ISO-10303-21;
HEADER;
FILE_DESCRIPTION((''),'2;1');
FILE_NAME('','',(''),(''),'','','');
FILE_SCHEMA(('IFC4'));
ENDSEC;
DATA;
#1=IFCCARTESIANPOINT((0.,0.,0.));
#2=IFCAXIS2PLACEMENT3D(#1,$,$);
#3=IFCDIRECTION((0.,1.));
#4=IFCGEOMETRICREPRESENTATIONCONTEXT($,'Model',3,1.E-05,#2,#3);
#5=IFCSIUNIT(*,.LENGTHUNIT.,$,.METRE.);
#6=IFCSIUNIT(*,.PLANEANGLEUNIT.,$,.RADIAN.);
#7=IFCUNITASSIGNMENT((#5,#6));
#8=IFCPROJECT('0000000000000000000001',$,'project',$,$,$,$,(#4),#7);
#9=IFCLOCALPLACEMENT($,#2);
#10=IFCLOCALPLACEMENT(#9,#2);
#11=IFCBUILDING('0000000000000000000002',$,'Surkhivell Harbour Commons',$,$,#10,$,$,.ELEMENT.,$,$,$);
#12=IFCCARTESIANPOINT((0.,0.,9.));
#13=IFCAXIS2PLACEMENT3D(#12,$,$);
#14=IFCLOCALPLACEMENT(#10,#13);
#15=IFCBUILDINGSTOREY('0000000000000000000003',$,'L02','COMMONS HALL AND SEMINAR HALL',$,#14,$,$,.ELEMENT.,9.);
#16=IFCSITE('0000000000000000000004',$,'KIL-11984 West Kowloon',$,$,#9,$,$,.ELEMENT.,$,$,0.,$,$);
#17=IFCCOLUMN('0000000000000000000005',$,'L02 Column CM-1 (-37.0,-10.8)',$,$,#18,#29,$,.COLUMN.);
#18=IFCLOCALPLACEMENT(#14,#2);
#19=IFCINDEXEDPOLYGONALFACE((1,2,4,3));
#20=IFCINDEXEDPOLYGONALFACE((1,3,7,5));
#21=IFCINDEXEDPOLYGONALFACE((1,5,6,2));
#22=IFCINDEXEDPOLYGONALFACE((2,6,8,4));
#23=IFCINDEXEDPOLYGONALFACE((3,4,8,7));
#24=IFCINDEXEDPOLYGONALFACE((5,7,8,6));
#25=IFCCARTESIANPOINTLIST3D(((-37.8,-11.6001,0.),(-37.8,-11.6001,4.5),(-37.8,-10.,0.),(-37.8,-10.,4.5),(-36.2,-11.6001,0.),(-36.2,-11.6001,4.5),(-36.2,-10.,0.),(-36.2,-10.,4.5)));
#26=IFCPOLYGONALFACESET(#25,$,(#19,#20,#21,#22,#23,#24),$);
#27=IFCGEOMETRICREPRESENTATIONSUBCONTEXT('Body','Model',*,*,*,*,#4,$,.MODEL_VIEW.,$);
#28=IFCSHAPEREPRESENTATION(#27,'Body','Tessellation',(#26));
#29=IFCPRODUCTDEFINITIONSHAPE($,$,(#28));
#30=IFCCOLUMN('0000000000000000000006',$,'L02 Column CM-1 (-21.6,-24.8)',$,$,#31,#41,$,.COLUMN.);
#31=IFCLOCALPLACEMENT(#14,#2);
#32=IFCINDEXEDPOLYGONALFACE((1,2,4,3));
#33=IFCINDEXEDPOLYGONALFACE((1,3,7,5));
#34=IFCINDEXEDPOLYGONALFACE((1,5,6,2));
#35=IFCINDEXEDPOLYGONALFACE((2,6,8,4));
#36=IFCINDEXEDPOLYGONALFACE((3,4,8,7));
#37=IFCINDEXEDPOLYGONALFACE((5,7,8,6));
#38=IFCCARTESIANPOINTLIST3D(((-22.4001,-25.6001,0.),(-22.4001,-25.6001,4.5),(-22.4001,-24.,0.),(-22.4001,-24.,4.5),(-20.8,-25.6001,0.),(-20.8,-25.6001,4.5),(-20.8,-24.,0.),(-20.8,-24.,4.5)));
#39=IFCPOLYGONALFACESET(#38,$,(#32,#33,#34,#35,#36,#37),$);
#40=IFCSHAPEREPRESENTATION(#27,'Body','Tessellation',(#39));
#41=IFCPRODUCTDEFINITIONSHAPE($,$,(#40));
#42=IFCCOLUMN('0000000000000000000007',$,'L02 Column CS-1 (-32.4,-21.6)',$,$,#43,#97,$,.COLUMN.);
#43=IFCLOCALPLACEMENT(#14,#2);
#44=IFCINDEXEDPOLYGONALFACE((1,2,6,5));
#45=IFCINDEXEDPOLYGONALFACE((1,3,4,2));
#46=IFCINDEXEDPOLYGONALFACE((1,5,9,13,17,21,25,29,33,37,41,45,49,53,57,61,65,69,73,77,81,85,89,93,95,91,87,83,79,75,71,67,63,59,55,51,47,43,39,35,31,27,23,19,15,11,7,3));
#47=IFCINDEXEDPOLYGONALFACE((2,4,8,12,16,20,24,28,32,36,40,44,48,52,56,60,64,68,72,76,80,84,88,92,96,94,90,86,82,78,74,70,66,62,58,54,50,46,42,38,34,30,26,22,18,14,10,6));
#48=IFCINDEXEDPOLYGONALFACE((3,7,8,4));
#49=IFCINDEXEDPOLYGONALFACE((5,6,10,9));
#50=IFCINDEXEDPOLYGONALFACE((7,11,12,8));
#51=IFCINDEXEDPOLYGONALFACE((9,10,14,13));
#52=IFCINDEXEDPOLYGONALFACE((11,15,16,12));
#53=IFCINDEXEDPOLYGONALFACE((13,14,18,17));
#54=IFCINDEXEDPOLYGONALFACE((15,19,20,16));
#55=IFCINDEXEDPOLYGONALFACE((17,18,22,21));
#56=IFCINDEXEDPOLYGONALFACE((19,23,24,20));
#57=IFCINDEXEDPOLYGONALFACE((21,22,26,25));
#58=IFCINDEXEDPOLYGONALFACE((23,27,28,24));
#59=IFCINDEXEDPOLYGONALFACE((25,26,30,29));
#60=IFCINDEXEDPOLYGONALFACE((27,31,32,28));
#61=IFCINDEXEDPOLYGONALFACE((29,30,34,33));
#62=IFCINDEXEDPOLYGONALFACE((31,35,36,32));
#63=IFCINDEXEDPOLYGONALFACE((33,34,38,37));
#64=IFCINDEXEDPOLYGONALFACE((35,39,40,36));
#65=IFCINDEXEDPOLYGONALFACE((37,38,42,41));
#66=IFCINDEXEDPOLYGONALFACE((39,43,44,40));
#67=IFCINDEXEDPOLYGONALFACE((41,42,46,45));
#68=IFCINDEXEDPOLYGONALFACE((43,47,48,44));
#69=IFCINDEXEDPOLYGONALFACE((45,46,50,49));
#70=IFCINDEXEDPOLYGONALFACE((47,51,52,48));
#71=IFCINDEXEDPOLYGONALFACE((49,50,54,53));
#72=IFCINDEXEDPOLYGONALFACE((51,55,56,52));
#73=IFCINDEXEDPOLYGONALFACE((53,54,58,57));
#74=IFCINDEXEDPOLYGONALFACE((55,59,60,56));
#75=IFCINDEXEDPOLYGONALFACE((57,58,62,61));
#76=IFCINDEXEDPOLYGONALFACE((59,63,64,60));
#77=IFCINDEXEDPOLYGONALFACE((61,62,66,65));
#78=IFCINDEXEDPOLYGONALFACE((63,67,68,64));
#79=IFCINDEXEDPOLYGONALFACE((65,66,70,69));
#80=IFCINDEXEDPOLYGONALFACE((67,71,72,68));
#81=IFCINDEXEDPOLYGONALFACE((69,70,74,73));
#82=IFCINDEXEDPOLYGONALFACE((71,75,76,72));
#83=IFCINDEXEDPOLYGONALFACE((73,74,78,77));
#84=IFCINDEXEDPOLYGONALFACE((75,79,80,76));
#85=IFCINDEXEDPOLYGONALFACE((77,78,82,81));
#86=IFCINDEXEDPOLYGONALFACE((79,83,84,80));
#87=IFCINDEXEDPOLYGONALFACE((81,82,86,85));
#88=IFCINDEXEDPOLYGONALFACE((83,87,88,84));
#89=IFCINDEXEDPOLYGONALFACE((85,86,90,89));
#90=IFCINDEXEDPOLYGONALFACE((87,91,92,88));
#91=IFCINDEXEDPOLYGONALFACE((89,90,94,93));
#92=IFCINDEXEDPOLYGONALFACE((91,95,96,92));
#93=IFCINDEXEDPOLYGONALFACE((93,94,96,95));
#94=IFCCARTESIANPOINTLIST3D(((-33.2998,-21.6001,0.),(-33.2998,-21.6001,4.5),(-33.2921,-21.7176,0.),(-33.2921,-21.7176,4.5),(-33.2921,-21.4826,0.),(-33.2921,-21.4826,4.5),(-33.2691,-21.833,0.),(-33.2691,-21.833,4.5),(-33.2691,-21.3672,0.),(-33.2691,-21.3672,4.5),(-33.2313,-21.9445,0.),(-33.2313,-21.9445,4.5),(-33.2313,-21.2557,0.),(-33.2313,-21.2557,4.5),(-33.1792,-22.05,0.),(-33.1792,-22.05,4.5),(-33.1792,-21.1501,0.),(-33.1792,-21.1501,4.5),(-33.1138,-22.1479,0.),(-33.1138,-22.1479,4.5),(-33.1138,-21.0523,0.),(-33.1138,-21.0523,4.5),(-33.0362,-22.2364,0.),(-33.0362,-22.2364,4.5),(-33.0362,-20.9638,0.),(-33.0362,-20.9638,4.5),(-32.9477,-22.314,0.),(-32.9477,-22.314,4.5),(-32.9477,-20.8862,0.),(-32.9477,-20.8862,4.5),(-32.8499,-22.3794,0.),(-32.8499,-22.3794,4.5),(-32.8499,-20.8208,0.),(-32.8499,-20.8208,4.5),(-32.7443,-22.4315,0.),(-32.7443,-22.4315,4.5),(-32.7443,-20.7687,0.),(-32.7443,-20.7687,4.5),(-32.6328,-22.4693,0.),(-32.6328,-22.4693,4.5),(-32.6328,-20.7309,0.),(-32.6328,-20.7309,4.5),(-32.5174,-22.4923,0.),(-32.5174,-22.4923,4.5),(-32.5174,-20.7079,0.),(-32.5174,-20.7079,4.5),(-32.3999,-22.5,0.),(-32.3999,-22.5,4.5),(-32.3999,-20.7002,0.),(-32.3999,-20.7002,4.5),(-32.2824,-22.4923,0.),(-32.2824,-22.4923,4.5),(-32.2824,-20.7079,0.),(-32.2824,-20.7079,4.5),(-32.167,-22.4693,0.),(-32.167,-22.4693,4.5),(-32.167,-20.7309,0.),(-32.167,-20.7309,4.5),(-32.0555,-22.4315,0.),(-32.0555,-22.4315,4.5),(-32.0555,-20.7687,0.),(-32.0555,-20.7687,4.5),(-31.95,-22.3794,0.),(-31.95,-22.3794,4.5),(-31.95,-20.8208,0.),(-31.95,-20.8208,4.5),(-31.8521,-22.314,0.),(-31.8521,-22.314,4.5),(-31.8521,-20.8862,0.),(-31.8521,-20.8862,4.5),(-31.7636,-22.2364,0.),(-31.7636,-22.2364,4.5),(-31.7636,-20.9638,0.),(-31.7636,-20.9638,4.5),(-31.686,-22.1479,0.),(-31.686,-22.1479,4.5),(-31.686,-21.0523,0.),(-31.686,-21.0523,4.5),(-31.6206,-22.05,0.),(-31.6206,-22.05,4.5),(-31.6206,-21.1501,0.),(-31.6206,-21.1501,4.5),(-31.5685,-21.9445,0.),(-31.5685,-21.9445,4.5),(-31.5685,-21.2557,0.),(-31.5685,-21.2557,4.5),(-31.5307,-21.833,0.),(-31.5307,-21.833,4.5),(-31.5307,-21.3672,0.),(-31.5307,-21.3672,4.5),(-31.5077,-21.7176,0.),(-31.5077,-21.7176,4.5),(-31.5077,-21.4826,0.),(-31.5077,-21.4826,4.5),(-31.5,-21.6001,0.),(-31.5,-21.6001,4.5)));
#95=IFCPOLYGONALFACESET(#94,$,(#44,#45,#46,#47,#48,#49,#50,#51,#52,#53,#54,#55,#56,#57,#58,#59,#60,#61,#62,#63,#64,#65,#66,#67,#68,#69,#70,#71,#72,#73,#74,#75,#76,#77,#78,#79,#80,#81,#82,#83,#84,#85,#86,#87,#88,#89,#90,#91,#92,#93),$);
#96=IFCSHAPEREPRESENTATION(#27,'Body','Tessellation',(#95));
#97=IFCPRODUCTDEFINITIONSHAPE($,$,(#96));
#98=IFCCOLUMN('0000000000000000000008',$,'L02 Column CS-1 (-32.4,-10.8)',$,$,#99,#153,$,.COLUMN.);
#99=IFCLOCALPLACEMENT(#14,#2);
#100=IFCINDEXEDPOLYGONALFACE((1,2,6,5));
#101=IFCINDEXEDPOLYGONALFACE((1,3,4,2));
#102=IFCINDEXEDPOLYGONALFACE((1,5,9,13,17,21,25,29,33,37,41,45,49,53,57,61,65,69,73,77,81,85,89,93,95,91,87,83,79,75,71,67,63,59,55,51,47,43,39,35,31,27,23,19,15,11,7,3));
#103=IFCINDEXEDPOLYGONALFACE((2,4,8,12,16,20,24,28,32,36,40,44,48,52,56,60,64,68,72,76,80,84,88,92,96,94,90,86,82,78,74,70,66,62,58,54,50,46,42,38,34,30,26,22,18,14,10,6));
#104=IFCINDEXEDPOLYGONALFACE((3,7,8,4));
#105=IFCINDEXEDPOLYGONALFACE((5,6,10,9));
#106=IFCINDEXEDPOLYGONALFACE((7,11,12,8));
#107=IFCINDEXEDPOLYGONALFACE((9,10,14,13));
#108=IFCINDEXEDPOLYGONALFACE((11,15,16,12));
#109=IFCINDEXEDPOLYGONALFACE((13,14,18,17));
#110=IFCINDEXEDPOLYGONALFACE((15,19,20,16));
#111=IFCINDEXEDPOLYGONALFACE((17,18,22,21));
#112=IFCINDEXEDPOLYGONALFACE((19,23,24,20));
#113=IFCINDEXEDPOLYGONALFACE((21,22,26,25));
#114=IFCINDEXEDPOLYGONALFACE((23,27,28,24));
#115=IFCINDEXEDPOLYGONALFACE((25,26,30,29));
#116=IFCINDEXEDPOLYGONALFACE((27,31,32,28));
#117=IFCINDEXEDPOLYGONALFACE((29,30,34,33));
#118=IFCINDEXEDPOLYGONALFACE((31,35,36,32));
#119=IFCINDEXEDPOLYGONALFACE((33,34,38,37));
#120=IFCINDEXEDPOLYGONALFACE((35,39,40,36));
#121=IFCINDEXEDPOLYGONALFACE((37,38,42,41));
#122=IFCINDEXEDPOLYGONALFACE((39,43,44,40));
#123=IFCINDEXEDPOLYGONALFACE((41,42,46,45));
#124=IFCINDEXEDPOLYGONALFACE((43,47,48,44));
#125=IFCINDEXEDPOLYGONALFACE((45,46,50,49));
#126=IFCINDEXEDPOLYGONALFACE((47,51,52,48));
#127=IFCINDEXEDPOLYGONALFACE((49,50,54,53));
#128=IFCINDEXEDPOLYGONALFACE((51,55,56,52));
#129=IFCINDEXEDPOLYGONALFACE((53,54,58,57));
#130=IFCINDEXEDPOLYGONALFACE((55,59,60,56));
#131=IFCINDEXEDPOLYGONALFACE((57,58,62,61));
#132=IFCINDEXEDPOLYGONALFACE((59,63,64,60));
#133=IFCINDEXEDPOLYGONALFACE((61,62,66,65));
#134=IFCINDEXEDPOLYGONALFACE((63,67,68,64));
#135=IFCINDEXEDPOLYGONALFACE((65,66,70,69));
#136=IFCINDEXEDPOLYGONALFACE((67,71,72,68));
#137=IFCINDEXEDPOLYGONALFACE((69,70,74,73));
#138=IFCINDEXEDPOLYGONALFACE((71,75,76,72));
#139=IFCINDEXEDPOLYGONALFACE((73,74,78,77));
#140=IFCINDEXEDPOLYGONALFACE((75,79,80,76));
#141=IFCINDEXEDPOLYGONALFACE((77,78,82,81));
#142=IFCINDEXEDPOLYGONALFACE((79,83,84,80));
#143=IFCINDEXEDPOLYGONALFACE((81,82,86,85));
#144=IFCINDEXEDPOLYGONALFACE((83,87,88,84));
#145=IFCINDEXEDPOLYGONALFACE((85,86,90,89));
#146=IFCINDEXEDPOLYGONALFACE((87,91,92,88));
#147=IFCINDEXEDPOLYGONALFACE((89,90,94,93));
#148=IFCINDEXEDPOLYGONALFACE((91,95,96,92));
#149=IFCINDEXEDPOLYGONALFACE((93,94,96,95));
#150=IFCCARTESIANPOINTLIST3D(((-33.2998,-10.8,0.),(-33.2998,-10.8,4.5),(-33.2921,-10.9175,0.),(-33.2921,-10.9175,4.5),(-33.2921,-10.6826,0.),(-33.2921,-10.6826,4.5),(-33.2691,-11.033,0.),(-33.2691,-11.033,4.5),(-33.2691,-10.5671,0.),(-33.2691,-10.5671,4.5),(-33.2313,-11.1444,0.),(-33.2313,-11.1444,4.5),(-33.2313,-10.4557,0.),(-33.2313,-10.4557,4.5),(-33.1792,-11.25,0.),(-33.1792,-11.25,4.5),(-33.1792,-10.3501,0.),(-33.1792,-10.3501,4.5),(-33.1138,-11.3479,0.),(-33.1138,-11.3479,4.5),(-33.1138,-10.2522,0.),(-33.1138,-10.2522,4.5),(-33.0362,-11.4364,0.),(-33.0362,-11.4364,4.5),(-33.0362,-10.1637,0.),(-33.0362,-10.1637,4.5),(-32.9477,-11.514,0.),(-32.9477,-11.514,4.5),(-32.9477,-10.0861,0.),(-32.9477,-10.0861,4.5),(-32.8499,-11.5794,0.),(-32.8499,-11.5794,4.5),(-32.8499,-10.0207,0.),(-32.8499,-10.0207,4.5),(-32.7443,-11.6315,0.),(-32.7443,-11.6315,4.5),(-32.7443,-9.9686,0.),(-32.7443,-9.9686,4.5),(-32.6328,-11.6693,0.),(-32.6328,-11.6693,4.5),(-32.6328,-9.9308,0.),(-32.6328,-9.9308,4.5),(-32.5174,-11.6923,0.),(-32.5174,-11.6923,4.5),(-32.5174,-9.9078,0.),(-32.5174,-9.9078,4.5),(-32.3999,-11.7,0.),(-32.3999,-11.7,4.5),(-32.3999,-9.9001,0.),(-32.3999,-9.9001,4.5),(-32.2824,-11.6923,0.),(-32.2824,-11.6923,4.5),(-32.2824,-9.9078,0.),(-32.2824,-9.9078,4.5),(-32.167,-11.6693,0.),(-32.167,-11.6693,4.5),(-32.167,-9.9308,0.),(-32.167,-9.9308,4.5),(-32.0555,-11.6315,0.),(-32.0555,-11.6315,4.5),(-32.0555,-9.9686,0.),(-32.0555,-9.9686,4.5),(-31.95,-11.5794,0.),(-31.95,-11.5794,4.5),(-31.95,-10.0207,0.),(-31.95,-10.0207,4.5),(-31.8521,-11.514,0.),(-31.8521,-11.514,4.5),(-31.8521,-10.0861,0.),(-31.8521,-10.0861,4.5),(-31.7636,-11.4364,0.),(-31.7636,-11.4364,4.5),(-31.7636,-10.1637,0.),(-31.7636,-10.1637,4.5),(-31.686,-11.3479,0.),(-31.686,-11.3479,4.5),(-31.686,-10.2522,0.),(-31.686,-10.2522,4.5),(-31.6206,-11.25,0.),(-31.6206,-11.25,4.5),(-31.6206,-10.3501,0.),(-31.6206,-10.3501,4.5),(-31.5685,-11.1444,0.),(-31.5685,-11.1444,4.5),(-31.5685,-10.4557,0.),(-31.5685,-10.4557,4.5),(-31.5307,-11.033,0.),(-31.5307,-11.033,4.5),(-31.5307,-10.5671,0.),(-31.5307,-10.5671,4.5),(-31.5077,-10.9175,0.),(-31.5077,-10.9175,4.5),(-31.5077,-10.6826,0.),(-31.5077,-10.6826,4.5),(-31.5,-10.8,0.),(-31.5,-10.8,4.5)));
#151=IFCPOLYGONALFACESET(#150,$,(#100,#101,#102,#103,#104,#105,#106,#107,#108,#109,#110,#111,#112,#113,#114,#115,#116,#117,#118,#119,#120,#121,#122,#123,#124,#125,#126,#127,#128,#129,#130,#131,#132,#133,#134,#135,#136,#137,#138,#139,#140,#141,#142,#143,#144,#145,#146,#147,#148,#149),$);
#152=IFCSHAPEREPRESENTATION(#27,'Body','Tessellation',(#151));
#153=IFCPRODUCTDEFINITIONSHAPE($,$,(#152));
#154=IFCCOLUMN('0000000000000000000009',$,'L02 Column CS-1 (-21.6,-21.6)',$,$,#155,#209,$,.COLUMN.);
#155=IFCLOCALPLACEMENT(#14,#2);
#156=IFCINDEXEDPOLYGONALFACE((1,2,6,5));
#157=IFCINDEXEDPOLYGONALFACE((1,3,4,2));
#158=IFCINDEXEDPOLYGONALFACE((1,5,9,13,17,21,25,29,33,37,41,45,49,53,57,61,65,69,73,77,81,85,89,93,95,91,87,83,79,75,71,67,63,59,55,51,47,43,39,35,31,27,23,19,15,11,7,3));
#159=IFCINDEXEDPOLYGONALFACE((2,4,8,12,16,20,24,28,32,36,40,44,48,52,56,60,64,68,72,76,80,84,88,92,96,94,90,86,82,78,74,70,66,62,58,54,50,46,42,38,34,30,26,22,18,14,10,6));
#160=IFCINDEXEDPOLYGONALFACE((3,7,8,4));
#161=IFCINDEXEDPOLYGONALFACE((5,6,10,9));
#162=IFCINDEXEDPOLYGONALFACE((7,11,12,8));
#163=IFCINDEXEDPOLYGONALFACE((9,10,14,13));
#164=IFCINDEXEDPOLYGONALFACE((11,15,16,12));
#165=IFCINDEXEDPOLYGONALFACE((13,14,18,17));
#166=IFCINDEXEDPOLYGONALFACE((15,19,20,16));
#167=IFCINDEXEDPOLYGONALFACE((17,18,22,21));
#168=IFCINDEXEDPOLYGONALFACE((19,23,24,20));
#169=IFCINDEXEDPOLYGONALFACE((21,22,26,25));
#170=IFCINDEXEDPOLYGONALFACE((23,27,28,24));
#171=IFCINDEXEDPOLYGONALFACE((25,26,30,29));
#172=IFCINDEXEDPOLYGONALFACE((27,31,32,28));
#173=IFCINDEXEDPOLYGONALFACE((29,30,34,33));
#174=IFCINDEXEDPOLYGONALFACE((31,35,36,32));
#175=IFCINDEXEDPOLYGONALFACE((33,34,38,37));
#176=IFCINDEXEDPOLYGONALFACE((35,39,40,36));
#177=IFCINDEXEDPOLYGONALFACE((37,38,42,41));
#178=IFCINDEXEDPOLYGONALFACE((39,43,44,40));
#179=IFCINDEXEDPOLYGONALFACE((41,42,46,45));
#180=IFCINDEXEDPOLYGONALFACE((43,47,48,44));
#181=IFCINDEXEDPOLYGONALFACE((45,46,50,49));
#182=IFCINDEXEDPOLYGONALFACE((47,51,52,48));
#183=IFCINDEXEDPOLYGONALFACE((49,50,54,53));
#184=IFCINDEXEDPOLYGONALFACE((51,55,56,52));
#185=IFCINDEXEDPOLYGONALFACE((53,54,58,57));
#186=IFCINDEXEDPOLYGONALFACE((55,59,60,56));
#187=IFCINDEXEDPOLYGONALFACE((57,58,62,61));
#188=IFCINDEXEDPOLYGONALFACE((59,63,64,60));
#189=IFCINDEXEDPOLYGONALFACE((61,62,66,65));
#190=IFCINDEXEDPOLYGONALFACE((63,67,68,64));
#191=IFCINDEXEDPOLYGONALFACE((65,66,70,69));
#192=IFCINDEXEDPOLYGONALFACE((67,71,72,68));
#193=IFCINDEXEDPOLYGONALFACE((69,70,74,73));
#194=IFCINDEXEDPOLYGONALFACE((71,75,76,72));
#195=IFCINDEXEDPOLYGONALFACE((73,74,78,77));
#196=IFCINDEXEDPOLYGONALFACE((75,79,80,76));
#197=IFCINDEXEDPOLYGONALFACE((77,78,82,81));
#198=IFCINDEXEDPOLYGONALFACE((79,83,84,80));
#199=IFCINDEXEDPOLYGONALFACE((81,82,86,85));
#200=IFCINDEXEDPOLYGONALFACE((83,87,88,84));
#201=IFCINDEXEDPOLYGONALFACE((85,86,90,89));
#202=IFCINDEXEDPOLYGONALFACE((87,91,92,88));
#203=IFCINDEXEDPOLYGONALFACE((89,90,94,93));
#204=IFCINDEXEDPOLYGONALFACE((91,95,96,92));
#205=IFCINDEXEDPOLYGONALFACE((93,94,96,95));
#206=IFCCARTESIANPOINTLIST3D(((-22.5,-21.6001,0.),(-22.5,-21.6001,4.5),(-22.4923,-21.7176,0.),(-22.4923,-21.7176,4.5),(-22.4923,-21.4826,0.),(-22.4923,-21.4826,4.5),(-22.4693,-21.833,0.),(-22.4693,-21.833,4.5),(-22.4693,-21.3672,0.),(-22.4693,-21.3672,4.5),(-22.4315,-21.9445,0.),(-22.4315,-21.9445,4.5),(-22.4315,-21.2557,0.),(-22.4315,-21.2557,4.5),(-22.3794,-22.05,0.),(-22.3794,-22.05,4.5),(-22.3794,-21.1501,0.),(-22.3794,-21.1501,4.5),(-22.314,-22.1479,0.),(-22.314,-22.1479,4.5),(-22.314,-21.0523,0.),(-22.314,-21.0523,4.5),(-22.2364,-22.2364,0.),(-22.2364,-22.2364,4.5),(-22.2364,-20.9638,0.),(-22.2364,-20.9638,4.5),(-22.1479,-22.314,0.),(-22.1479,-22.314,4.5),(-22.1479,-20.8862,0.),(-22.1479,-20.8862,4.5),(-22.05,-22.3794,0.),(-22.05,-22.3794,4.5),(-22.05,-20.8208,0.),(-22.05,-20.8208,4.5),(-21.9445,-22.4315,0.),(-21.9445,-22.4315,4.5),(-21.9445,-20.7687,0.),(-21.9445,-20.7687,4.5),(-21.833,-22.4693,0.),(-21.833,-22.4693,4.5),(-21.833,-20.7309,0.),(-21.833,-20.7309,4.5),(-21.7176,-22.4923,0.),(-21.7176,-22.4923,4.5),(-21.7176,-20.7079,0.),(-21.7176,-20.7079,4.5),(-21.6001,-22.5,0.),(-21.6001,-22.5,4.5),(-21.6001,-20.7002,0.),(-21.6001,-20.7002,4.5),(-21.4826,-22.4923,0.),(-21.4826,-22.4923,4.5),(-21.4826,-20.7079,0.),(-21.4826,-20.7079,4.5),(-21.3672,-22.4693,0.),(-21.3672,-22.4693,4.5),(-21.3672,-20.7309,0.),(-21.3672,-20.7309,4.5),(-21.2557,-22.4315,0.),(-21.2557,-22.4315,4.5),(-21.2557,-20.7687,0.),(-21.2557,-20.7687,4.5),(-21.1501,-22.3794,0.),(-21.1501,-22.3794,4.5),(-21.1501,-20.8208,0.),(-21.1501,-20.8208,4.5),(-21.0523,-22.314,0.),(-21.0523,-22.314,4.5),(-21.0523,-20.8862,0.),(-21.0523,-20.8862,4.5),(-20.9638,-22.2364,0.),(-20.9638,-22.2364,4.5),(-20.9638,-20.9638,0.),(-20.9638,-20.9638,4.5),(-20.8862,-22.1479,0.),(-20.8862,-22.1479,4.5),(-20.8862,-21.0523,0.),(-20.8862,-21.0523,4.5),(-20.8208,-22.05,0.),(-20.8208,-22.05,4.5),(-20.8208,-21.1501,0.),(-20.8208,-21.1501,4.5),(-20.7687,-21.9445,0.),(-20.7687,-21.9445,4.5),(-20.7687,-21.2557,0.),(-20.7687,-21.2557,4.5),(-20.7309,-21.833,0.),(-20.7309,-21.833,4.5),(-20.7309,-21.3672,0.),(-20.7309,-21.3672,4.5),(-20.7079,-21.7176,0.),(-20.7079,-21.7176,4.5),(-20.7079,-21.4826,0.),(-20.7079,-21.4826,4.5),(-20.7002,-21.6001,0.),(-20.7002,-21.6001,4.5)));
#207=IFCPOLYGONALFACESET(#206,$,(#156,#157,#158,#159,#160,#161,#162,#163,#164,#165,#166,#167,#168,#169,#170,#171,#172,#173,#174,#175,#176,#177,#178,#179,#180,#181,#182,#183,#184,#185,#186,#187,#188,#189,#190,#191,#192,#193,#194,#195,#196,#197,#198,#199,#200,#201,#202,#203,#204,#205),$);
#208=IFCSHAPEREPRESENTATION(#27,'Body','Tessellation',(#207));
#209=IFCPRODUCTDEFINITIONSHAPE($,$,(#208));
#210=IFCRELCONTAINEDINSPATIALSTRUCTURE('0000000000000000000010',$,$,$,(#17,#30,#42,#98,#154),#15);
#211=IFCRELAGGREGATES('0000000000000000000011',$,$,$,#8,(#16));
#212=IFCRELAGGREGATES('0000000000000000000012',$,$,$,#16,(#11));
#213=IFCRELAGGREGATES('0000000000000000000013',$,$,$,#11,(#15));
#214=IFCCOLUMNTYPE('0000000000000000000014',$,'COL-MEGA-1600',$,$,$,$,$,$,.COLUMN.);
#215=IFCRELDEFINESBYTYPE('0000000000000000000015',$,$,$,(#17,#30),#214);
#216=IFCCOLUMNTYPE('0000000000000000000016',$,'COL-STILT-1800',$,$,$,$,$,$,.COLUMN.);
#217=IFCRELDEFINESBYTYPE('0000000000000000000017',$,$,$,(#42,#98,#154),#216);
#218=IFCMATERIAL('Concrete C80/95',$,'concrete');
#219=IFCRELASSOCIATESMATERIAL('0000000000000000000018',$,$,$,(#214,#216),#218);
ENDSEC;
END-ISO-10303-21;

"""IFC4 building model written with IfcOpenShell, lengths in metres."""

from ifc_helpers import new_model, si_unit, direction, frame, origin, origin_2d, place, context, subcontext, project, spatial, rectangle, circle, extrude, material, material_profile, profile_set, type_object, element, save


model = new_model("IFC4")

# Units and contexts
model_context = context("Model", 3, precision=1e-05, world=origin(), true_north=direction((0.0, 1.0)))
body_context = subcontext(model_context, "Body", "Model", "MODEL_VIEW")
ifc_project = project(units=[si_unit("LENGTHUNIT", "METRE"), si_unit("PLANEANGLEUNIT", "RADIAN")], contexts=[model_context])

# Site, building, storey
site_placement = place(None, origin())
site = spatial("IfcSite", under=ifc_project, at=site_placement, Name="KIL-11984 West Kowloon", CompositionType="ELEMENT", RefElevation=0.0)
building_placement = place(site_placement, origin())
building = spatial("IfcBuilding", under=site, at=building_placement, Name="Surkhivell Harbour Commons", CompositionType="ELEMENT")
storey_placement = place(building_placement, frame((0.0, 0.0, 9.0)))
storey = spatial("IfcBuildingStorey", under=building, at=storey_placement, Name="L02", Description="COMMONS HALL AND SEMINAR HALL", CompositionType="ELEMENT", Elevation=9.0)

# Columns
ifc_material_1 = material(Name="Concrete C80/95", Category="concrete")
ifc_material_profile_1 = material_profile(ifc_material_1, rectangle(XDim=1.6001, YDim=1.6001, at=origin_2d()), Name="RC-COL-1600x1600")
ifc_profile_set_1 = profile_set([ifc_material_profile_1], Name="Concrete C80/95")
column_type_1 = type_object("IfcColumnType", Name="COL-MEGA-1600", PredefinedType="COLUMN", material=ifc_profile_set_1)
for number, where, z_axis, x_axis, name in (
    (1, (-37.0, -10.8, 0.0), (0.0, 0.0, 1.0), (1.0, 0.0, 0.0), "L02 Column CM-1 (-37.0,-10.8)"),
    (2, (-21.6001, -24.8, 0.0), (0.0, 0.0, 1.0), (1.0, 0.0, 0.0), "L02 Column CM-1 (-21.6,-24.8)"),
):
    element("IfcColumn", number, at=place(storey_placement, frame(where, z_axis=z_axis, x_axis=x_axis)), inside=storey, type_object=column_type_1, Name=name, PredefinedType="COLUMN", context=body_context, shape_type="SweptSolid", body=[
        extrude(rectangle(XDim=1.6001, YDim=1.6001, at=origin_2d()), origin(), (0.0, 0.0, 1.0), 4.5),
    ])
ifc_material_profile_2 = material_profile(ifc_material_1, circle(Radius=0.8999, at=origin_2d()), Name="RC-CIRC-1800")
ifc_profile_set_2 = profile_set([ifc_material_profile_2], Name="Concrete C80/95")
column_type_2 = type_object("IfcColumnType", Name="COL-STILT-1800", PredefinedType="COLUMN", material=ifc_profile_set_2)
for number, where, z_axis, x_axis, name in (
    (3, (-32.3999, -21.6001, 0.0), (0.0, 0.0, 1.0), (1.0, 0.0, 0.0), "L02 Column CS-1 (-32.4,-21.6)"),
    (4, (-32.3999, -10.8, 0.0), (0.0, 0.0, 1.0), (1.0, 0.0, 0.0), "L02 Column CS-1 (-32.4,-10.8)"),
    (5, (-21.6001, -21.6001, 0.0), (0.0, 0.0, 1.0), (1.0, 0.0, 0.0), "L02 Column CS-1 (-21.6,-21.6)"),
):
    element("IfcColumn", number, at=place(storey_placement, frame(where, z_axis=z_axis, x_axis=x_axis)), inside=storey, type_object=column_type_2, Name=name, PredefinedType="COLUMN", context=body_context, shape_type="SweptSolid", body=[
        extrude(circle(Radius=0.8999, at=origin_2d()), origin(), (0.0, 0.0, 1.0), 4.5),
    ])

save(model, "model.ifc")
